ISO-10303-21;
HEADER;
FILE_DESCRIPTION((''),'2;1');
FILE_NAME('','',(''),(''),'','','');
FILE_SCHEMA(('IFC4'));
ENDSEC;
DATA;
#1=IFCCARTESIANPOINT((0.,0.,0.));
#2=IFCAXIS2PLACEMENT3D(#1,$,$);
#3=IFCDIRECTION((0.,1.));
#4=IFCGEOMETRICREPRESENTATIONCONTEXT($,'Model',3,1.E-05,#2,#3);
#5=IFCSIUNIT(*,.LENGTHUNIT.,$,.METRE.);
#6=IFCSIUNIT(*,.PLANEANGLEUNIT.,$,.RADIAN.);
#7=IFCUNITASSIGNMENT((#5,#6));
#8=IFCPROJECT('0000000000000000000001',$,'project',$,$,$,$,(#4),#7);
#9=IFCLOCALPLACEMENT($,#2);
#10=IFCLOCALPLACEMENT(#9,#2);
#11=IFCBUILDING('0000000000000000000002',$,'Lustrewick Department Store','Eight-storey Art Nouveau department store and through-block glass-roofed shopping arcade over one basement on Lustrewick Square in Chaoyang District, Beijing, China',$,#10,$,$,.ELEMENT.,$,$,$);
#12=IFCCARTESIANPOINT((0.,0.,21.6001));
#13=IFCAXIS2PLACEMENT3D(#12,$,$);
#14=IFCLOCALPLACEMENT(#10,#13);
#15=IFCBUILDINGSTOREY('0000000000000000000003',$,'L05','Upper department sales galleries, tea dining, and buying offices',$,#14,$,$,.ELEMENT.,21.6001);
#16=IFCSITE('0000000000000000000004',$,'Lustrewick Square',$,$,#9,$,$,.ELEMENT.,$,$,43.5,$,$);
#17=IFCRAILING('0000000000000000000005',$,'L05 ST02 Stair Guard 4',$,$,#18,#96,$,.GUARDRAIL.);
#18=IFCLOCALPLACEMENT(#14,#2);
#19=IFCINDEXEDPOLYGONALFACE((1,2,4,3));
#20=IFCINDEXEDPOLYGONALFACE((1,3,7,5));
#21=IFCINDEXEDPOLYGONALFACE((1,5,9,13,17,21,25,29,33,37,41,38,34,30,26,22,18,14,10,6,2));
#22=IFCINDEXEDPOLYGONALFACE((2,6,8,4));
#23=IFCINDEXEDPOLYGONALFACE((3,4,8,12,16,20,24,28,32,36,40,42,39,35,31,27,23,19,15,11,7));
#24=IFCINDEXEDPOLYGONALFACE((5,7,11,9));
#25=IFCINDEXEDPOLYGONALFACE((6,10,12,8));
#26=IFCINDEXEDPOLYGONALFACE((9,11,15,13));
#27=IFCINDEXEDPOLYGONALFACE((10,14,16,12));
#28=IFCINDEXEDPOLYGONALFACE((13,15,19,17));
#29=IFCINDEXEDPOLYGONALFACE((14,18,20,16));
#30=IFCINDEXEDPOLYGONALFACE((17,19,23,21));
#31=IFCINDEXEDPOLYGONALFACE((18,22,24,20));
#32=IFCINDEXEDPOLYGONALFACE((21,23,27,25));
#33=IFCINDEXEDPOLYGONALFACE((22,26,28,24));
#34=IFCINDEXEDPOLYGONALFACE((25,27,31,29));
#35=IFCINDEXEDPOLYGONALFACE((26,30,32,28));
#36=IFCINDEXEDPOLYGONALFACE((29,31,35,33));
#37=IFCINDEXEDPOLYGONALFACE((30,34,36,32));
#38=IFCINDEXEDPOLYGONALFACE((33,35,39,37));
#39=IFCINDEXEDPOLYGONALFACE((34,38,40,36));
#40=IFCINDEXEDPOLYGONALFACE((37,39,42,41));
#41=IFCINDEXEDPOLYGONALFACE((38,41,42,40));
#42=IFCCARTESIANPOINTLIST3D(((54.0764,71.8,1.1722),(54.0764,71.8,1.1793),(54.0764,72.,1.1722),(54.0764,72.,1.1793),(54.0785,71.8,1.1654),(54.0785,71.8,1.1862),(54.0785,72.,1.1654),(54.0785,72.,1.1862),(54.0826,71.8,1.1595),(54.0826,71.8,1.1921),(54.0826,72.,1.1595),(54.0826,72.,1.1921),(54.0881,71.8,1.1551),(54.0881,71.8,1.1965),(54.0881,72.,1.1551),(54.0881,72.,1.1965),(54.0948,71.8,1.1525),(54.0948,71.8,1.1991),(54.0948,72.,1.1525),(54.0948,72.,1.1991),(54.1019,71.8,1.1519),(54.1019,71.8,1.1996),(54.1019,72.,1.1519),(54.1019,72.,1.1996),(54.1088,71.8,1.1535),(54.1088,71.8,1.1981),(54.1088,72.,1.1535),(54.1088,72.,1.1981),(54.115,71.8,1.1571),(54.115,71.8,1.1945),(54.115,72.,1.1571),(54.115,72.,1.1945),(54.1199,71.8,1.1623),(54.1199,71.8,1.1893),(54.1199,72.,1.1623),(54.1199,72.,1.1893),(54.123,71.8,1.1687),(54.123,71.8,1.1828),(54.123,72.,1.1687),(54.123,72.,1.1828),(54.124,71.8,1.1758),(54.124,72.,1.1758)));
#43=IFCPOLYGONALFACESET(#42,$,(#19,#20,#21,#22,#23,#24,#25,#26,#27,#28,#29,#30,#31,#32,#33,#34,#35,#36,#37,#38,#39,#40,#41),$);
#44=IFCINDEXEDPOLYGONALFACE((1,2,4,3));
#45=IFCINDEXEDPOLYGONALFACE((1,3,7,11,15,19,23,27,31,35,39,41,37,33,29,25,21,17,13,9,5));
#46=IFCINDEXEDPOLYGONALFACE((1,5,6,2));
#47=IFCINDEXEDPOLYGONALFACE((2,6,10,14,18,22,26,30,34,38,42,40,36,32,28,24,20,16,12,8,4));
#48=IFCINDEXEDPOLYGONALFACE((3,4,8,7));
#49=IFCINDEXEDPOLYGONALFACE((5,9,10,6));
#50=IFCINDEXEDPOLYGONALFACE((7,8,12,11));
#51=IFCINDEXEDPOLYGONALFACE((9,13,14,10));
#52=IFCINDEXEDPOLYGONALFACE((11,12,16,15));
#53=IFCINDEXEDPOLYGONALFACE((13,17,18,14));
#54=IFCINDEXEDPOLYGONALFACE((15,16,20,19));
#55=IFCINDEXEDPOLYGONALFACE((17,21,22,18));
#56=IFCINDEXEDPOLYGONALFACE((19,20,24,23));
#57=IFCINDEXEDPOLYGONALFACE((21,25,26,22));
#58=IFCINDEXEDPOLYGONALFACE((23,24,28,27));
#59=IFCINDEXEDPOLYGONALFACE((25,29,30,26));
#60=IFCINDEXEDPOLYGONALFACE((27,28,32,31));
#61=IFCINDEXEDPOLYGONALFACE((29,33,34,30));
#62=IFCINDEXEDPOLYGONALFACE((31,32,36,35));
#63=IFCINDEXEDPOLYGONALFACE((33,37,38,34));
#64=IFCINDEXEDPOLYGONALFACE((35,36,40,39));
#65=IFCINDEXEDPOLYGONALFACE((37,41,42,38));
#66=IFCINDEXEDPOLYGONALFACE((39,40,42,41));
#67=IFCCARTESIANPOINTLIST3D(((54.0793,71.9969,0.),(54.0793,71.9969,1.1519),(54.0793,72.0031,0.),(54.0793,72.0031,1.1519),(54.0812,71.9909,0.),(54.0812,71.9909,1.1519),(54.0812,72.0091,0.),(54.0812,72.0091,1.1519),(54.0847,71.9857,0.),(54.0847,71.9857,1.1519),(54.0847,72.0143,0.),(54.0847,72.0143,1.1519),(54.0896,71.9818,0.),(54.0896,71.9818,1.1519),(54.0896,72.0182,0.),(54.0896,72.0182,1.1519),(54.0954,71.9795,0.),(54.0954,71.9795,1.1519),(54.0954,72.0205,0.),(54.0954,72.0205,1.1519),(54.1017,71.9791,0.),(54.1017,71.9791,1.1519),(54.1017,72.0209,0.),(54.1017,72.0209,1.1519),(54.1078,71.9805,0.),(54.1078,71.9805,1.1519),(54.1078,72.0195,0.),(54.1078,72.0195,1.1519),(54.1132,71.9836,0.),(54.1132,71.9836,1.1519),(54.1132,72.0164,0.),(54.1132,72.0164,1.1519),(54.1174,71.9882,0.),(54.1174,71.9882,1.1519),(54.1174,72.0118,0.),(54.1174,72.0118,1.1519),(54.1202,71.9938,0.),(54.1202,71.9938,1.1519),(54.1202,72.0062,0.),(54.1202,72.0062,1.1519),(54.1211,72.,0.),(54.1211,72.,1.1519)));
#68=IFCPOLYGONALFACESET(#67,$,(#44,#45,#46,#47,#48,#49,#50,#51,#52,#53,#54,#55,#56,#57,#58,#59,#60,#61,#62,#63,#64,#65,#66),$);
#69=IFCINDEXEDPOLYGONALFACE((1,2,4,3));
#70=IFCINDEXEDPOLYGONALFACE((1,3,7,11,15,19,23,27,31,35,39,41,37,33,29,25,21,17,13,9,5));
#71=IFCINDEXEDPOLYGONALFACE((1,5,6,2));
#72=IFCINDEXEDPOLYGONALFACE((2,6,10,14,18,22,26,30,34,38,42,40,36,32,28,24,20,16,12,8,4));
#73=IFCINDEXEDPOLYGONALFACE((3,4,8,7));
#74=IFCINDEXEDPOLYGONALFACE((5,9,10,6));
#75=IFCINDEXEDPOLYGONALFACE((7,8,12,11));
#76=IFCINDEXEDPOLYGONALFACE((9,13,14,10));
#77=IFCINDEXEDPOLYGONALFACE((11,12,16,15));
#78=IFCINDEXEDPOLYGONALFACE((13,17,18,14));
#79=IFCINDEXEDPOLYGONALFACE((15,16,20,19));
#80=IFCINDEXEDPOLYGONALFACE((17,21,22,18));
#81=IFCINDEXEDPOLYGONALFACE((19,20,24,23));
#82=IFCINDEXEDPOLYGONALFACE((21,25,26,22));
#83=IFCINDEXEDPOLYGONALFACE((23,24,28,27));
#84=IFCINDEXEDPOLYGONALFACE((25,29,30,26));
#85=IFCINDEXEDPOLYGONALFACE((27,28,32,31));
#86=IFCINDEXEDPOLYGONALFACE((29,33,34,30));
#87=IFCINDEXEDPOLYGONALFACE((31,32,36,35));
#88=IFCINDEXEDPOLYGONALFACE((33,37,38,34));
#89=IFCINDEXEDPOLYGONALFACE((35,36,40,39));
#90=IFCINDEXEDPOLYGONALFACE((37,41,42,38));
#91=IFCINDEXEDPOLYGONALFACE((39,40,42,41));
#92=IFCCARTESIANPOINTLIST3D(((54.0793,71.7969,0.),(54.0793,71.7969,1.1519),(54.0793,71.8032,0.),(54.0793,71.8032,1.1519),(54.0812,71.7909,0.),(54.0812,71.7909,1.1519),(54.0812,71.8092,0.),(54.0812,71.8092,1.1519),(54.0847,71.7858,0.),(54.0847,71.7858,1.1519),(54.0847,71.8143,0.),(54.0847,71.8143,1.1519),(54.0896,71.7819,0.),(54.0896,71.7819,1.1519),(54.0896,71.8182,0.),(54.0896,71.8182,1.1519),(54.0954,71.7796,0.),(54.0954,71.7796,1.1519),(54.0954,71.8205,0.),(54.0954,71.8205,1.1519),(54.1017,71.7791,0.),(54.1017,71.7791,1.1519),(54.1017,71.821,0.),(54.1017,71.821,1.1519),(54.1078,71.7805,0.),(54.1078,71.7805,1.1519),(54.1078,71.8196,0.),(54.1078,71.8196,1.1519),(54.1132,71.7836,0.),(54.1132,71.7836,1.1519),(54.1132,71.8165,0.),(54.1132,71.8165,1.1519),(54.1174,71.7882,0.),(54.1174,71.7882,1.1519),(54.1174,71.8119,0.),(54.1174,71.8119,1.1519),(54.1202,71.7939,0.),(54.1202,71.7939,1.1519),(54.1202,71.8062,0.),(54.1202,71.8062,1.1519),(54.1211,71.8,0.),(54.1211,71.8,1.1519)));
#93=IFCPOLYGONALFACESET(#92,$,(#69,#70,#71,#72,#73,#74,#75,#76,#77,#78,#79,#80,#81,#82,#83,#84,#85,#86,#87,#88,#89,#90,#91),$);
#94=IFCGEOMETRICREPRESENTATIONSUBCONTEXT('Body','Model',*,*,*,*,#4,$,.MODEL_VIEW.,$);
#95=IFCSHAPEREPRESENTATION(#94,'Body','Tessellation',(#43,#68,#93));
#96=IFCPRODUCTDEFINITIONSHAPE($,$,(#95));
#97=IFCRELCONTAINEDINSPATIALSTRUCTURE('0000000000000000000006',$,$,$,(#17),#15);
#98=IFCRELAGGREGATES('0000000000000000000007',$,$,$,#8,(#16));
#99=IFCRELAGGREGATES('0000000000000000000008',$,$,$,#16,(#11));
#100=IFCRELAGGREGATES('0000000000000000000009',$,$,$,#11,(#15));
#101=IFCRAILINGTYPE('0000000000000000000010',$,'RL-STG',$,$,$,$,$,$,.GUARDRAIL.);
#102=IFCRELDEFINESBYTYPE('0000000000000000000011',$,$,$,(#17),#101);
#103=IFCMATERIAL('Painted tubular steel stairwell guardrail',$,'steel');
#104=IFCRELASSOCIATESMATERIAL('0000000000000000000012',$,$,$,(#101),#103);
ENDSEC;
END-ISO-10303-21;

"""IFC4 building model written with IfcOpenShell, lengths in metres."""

from ifc_helpers import new_model, si_unit, direction, frame, origin, origin_2d, place, context, subcontext, project, spatial, circle, extrude, material, type_object, element, save


model = new_model("IFC4")

# Units and contexts
model_context = context("Model", 3, precision=1e-05, world=origin(), true_north=direction((0.0, 1.0)))
body_context = subcontext(model_context, "Body", "Model", "MODEL_VIEW")
ifc_project = project(units=[si_unit("LENGTHUNIT", "METRE"), si_unit("PLANEANGLEUNIT", "RADIAN")], contexts=[model_context])

# Site, building, storey
site_placement = place(None, origin())
site = spatial("IfcSite", under=ifc_project, at=site_placement, Name="Lustrewick Square", CompositionType="ELEMENT", RefElevation=43.5)
building_placement = place(site_placement, origin())
building = spatial("IfcBuilding", under=site, at=building_placement, Name="Lustrewick Department Store", Description="Eight-storey Art Nouveau department store and through-block glass-roofed shopping arcade over one basement on Lustrewick Square in Chaoyang District, Beijing, China", CompositionType="ELEMENT")
storey_placement = place(building_placement, frame((0.0, 0.0, 21.6001)))
storey = spatial("IfcBuildingStorey", under=building, at=storey_placement, Name="L05", Description="Upper department sales galleries, tea dining, and buying offices", CompositionType="ELEMENT", Elevation=21.6001)

# Railing
ifc_material_1 = material(Name="Painted tubular steel stairwell guardrail", Category="steel")
railing_type_1 = type_object("IfcRailingType", Name="RL-STG", PredefinedType="GUARDRAIL", material=ifc_material_1)
railing_1_placement = place(storey_placement, frame((54.1001, 72.0, 0.0)))
element("IfcRailing", 1, at=railing_1_placement, inside=storey, type_object=railing_type_1, Name="L05 ST02 Stair Guard 4", PredefinedType="GUARDRAIL", context=body_context, shape_type="SweptSolid", body=[
    extrude(circle(Radius=0.0239, at=origin_2d()), frame((0.0, 0.0, 1.1758), z_axis=(0.0, -1.0, 0.0), x_axis=(1.0, 0.0, 0.0)), (0.0, 0.0, 1.0), 0.2),
    extrude(circle(Radius=0.021, at=origin_2d()), origin(), (0.0, 0.0, 1.0), 1.1519),
    extrude(circle(Radius=0.021, at=origin_2d()), frame((0.0, -0.2, 0.0)), (0.0, 0.0, 1.0), 1.1519),
])

save(model, "model.ifc")
